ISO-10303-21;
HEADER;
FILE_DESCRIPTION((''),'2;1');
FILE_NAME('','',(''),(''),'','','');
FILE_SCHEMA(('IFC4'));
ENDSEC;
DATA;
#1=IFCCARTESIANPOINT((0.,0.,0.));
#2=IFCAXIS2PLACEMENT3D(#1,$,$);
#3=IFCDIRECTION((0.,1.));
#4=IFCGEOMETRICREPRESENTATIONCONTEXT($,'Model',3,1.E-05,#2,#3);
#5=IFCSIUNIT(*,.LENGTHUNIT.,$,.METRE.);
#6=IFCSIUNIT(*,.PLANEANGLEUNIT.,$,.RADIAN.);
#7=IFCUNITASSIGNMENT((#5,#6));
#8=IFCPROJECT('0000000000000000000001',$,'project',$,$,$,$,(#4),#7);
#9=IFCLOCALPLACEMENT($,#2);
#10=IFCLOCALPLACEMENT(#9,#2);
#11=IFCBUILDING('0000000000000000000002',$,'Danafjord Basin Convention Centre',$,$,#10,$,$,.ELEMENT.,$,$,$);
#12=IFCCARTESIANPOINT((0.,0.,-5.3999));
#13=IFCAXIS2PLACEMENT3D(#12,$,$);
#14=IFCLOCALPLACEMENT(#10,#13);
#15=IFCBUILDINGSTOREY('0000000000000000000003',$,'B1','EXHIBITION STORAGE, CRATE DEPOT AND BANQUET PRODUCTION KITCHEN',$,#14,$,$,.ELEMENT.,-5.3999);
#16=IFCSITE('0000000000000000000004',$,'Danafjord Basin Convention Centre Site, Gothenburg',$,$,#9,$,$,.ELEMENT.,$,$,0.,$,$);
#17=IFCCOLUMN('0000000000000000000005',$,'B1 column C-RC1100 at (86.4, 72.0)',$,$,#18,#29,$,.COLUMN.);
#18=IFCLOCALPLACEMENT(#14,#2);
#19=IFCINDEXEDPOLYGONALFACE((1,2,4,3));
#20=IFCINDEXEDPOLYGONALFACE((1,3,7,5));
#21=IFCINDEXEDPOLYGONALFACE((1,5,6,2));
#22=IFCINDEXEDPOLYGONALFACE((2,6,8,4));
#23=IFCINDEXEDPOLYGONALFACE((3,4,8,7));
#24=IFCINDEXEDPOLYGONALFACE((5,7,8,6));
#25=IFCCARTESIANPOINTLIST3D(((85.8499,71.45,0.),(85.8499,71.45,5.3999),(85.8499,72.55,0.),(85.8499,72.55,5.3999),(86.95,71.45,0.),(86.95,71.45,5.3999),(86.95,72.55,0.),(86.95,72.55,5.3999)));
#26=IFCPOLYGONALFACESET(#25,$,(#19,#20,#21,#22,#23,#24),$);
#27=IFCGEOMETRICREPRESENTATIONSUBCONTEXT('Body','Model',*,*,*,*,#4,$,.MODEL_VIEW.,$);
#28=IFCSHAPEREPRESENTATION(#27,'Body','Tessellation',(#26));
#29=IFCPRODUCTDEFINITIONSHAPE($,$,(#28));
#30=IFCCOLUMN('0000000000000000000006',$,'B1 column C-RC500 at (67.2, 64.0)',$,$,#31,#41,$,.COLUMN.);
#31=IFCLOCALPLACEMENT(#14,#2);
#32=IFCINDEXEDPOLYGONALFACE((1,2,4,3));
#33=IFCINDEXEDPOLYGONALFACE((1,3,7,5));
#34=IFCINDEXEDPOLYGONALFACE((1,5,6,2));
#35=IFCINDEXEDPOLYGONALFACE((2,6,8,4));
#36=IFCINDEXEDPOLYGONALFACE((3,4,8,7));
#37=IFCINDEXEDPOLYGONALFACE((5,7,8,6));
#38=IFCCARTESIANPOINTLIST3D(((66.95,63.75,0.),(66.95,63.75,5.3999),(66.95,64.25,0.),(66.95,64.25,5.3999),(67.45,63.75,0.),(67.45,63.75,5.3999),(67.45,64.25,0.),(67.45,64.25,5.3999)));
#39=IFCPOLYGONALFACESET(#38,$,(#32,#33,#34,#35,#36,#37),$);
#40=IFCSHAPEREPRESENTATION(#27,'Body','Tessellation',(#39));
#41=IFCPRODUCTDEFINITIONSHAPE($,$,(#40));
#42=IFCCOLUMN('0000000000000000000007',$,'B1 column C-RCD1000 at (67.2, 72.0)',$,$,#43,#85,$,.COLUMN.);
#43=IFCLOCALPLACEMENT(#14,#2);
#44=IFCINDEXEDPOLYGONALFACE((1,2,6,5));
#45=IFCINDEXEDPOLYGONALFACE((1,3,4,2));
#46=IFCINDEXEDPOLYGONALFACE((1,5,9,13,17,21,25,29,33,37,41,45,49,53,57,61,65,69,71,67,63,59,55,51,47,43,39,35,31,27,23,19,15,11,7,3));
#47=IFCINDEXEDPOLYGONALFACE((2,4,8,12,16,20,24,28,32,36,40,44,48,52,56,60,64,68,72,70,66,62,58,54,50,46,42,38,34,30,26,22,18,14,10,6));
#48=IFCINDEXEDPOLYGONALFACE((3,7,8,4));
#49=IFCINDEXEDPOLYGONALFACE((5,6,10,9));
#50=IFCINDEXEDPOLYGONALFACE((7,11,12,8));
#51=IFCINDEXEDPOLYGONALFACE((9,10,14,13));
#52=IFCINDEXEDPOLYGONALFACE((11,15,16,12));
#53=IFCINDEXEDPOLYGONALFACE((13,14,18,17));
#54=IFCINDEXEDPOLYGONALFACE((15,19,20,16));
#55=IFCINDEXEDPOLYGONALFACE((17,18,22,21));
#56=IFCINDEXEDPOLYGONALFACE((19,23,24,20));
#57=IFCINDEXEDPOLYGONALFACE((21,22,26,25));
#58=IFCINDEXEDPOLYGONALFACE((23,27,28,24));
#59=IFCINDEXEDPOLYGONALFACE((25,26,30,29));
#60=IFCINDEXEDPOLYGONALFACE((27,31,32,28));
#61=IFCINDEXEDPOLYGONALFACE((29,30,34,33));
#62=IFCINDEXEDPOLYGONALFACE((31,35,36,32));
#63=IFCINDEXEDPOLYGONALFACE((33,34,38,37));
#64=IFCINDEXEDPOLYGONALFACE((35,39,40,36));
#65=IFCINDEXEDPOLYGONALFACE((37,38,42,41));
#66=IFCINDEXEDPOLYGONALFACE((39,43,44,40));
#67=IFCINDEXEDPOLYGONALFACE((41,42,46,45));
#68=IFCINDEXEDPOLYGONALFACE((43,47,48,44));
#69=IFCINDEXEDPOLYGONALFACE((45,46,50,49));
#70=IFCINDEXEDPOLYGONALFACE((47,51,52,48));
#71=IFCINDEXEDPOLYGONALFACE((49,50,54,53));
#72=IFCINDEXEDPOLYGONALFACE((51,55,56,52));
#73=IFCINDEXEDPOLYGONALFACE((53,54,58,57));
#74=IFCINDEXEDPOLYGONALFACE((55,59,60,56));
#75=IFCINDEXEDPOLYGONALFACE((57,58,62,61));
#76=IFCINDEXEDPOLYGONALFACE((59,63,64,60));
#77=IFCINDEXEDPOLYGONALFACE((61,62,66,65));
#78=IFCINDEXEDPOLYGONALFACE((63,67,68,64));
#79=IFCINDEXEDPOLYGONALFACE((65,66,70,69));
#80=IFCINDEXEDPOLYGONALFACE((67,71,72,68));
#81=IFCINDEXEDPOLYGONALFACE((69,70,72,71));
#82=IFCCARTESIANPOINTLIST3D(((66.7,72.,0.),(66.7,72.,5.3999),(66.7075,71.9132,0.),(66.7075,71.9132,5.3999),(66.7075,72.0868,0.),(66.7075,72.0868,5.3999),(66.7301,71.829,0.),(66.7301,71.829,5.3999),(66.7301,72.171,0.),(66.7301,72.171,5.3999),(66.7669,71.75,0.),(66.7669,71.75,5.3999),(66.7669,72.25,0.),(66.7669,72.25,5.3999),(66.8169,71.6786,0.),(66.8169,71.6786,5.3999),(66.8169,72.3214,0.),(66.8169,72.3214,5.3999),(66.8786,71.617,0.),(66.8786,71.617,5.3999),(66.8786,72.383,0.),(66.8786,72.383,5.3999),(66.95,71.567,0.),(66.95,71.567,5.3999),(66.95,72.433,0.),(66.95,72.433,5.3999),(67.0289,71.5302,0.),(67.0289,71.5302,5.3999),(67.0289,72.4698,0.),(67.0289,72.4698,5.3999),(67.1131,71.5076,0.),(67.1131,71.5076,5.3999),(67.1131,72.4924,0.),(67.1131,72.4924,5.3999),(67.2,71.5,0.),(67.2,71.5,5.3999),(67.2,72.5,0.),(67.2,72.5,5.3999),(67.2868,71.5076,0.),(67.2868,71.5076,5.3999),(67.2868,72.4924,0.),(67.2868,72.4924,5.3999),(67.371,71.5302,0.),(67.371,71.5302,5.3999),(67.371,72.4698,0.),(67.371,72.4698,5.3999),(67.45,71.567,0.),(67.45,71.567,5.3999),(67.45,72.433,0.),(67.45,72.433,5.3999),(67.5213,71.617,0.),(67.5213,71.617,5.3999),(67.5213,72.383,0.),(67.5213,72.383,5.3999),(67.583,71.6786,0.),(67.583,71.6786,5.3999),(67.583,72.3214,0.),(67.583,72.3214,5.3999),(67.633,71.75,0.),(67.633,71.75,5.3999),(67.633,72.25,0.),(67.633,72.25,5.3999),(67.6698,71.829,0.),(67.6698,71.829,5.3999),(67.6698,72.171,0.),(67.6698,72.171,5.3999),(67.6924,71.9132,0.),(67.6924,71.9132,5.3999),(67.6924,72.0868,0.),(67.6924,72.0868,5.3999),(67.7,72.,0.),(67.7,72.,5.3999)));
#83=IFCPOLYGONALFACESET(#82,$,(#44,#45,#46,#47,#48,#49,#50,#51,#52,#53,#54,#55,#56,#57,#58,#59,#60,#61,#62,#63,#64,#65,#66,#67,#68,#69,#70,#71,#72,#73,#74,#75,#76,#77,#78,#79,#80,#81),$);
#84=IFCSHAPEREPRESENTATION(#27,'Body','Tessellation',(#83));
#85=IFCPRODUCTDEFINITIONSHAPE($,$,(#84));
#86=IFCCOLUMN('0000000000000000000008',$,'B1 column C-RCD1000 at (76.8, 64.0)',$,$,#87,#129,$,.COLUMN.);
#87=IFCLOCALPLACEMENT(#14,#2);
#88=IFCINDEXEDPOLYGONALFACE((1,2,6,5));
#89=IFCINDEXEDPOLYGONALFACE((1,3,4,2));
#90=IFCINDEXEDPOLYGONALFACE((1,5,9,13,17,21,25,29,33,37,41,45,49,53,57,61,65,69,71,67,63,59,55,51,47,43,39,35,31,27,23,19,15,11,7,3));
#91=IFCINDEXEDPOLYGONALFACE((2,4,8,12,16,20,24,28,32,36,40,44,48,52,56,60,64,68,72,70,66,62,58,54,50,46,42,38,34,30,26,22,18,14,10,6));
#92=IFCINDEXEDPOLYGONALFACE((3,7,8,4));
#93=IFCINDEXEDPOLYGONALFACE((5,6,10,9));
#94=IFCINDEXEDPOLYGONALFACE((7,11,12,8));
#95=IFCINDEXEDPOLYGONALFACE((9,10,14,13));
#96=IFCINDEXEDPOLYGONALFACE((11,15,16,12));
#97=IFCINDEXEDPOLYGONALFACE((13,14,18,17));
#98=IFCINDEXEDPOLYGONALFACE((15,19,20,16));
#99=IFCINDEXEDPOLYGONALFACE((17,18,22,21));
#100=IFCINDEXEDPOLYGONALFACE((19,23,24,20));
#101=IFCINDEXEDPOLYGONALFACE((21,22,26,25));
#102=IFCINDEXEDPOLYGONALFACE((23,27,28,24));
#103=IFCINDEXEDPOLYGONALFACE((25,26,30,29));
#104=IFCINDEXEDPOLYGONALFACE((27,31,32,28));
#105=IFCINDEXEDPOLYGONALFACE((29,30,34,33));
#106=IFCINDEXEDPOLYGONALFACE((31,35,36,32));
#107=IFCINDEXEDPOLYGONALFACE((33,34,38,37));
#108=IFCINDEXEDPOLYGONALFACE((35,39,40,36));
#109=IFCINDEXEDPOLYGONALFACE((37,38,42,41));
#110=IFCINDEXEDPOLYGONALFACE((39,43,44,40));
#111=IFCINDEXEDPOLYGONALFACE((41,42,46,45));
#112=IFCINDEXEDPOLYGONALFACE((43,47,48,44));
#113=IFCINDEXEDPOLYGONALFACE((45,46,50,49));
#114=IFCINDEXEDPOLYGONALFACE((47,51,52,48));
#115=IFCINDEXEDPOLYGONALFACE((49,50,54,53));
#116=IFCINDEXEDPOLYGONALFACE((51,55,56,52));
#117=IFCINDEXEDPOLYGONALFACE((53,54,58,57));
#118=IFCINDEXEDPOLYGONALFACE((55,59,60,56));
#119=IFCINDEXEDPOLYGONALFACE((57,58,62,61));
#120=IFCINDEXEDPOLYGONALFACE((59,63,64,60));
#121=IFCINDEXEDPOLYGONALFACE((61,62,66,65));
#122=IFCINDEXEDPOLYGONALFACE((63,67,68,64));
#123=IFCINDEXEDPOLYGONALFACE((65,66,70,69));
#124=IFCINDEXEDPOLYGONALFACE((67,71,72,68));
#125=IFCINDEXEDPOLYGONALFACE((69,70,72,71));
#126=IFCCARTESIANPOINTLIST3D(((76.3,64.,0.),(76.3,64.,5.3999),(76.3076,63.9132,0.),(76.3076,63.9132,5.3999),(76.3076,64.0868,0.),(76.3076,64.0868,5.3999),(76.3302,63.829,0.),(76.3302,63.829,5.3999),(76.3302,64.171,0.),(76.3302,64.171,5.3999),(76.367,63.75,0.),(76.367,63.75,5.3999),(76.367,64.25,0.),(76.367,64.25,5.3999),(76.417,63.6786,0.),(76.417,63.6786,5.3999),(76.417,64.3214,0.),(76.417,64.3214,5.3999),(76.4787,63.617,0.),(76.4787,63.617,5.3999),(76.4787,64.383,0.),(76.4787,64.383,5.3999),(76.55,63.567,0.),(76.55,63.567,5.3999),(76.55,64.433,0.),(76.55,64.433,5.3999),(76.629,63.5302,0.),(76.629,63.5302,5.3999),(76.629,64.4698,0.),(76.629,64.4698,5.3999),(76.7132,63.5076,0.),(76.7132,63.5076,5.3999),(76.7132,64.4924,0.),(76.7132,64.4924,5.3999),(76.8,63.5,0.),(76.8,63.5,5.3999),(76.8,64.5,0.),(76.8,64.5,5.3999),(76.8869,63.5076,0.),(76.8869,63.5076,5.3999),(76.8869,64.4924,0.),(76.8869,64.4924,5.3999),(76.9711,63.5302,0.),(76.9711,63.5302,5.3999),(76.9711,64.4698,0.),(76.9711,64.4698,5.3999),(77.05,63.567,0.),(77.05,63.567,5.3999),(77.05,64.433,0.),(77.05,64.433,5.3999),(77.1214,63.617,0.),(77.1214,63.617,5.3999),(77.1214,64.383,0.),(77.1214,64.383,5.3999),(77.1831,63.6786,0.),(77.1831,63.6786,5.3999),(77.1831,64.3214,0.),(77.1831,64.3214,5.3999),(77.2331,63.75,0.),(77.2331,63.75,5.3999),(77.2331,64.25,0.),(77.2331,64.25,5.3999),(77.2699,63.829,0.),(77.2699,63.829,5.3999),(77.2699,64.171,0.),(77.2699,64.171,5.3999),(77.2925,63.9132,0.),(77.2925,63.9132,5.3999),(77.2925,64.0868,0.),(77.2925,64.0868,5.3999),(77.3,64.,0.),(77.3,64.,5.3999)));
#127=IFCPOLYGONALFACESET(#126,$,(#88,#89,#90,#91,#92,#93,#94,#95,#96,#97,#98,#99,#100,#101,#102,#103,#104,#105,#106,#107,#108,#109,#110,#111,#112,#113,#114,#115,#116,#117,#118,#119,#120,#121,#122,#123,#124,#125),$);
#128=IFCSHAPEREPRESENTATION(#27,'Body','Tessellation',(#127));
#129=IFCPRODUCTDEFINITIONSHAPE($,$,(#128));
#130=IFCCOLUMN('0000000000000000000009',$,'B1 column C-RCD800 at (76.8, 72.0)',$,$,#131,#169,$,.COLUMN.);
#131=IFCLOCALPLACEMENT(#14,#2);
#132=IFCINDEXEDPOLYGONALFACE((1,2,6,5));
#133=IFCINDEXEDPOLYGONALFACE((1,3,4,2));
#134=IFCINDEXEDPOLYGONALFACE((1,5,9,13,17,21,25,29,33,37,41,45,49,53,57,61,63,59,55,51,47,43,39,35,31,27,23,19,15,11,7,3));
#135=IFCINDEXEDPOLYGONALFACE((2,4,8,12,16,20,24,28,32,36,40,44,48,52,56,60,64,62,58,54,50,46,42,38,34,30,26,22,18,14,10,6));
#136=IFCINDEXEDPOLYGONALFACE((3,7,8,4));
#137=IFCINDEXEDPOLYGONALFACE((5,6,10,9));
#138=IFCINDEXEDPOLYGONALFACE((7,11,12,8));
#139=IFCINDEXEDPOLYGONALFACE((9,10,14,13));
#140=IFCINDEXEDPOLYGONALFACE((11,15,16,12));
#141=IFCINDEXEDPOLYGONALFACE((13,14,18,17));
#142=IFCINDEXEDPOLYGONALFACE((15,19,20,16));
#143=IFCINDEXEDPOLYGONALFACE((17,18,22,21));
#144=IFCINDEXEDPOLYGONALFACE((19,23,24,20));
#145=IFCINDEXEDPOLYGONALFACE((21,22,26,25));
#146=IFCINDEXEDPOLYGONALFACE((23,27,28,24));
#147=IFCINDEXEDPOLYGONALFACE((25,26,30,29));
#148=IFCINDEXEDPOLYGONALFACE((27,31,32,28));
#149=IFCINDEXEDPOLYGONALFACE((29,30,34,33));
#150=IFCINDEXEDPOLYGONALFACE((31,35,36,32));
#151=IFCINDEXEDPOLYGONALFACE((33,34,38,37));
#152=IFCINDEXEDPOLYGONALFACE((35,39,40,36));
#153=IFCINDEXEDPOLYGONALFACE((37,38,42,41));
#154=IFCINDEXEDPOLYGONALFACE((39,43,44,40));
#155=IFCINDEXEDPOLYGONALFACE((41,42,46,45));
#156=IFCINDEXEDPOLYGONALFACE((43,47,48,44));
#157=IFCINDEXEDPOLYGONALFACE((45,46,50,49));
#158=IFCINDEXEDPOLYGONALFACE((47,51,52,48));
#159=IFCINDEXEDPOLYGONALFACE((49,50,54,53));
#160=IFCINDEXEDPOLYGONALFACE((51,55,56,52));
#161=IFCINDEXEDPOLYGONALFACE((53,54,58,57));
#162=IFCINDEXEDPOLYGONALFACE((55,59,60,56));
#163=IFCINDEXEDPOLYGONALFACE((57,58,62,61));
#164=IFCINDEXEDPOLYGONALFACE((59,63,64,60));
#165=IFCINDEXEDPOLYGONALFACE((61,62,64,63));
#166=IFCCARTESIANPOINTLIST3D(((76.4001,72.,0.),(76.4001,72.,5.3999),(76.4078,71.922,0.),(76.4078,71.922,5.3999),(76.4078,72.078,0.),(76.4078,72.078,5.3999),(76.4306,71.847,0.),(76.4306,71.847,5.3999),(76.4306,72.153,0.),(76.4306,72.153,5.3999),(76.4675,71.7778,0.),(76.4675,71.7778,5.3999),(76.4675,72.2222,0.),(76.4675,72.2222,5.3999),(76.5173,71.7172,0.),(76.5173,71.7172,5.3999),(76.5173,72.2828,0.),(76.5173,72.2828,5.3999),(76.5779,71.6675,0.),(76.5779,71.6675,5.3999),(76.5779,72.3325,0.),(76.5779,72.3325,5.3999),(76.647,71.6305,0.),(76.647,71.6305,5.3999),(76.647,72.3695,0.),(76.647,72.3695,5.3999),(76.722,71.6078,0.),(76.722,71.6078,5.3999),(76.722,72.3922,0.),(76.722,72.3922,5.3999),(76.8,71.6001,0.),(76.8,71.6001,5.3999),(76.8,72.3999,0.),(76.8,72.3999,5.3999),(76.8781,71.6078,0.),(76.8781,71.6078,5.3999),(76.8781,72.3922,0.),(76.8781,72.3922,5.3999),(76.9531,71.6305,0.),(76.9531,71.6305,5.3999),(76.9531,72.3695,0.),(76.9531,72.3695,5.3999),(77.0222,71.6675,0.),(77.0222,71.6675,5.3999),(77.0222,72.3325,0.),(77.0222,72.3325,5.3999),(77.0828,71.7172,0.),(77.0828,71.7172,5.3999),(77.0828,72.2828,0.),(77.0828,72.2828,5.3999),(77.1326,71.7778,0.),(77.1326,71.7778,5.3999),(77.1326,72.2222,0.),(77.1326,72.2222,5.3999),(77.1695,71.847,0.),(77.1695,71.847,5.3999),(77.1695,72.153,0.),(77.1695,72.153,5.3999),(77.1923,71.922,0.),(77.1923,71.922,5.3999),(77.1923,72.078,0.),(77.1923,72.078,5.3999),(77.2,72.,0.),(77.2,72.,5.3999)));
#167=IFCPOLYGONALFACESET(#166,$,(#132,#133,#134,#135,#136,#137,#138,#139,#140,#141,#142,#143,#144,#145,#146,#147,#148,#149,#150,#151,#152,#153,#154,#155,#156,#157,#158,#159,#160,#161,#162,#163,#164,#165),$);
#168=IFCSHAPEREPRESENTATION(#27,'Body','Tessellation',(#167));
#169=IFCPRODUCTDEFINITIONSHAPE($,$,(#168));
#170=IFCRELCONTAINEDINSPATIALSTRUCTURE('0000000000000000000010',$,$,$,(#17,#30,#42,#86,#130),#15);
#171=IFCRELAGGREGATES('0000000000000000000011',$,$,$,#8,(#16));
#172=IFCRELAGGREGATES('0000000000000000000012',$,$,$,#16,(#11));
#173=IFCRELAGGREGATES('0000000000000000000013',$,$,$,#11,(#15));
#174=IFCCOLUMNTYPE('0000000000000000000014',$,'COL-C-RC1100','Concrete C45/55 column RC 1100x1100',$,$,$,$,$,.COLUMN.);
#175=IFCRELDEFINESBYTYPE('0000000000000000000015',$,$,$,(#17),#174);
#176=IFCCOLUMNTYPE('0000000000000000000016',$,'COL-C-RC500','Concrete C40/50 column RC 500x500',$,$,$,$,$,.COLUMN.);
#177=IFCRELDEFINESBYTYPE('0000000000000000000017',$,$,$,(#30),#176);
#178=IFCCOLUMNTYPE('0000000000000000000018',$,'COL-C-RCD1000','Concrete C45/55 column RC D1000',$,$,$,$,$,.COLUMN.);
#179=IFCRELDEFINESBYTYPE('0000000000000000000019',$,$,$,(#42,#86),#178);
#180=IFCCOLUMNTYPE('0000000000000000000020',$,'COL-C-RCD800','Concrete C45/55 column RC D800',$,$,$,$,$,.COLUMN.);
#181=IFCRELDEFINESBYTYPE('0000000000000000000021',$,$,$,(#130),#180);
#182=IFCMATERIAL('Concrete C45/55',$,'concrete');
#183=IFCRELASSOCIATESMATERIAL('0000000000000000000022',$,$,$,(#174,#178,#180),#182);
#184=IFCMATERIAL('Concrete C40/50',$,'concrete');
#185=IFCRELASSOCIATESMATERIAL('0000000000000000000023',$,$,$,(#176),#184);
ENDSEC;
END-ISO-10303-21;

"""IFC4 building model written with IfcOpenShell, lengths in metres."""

from ifc_helpers import new_model, si_unit, direction, frame, origin, origin_2d, place, context, subcontext, project, spatial, rectangle, circle, extrude, material, material_profile, profile_set, type_object, element, save


model = new_model("IFC4")

# Units and contexts
model_context = context("Model", 3, precision=1e-05, world=origin(), true_north=direction((0.0, 1.0)))
body_context = subcontext(model_context, "Body", "Model", "MODEL_VIEW")
ifc_project = project(units=[si_unit("LENGTHUNIT", "METRE"), si_unit("PLANEANGLEUNIT", "RADIAN")], contexts=[model_context])

# Site, building, storey
site_placement = place(None, origin())
site = spatial("IfcSite", under=ifc_project, at=site_placement, Name="Danafjord Basin Convention Centre Site, Gothenburg", CompositionType="ELEMENT", RefElevation=0.0)
building_placement = place(site_placement, origin())
building = spatial("IfcBuilding", under=site, at=building_placement, Name="Danafjord Basin Convention Centre", CompositionType="ELEMENT")
storey_placement = place(building_placement, frame((0.0, 0.0, -5.3999)))
storey = spatial("IfcBuildingStorey", under=building, at=storey_placement, Name="B1", Description="EXHIBITION STORAGE, CRATE DEPOT AND BANQUET PRODUCTION KITCHEN", CompositionType="ELEMENT", Elevation=-5.3999)

# Shared definitions
ifc_material_1 = material(Name="Concrete C40/50", Category="concrete")

# Columns
ifc_material_2 = material(Name="Concrete C45/55", Category="concrete")
ifc_material_profile_1 = material_profile(ifc_material_2, rectangle(XDim=1.1001, YDim=1.1001, at=origin_2d()), Name="RC 1100x1100")
ifc_profile_set_1 = profile_set([ifc_material_profile_1], Name="Concrete C45/55")
column_type_1 = type_object("IfcColumnType", Name="COL-C-RC1100", Description="Concrete C45/55 column RC 1100x1100", PredefinedType="COLUMN", material=ifc_profile_set_1)
column_1_placement = place(storey_placement, frame((86.3999, 72.0, 0.0), z_axis=(0.0, 0.0, 1.0), x_axis=(1.0, 0.0, 0.0)))
element("IfcColumn", 1, at=column_1_placement, inside=storey, type_object=column_type_1, Name="B1 column C-RC1100 at (86.4, 72.0)", PredefinedType="COLUMN", context=body_context, shape_type="SweptSolid", body=[
    extrude(rectangle(XDim=1.1001, YDim=1.1001, at=origin_2d()), origin(), (0.0, 0.0, 1.0), 5.3999),
])
ifc_material_profile_2 = material_profile(ifc_material_1, rectangle(XDim=0.5, YDim=0.5, at=origin_2d()), Name="RC 500x500")
ifc_profile_set_2 = profile_set([ifc_material_profile_2], Name="Concrete C40/50")
column_type_2 = type_object("IfcColumnType", Name="COL-C-RC500", Description="Concrete C40/50 column RC 500x500", PredefinedType="COLUMN", material=ifc_profile_set_2)
column_2_placement = place(storey_placement, frame((67.2, 64.0, 0.0), z_axis=(0.0, 0.0, 1.0), x_axis=(1.0, 0.0, 0.0)))
element("IfcColumn", 2, at=column_2_placement, inside=storey, type_object=column_type_2, Name="B1 column C-RC500 at (67.2, 64.0)", PredefinedType="COLUMN", context=body_context, shape_type="SweptSolid", body=[
    extrude(rectangle(XDim=0.5, YDim=0.5, at=origin_2d()), origin(), (0.0, 0.0, 1.0), 5.3999),
])
ifc_material_profile_3 = material_profile(ifc_material_2, circle(Radius=0.5, at=origin_2d()), Name="RC D1000")
ifc_profile_set_3 = profile_set([ifc_material_profile_3], Name="Concrete C45/55")
column_type_3 = type_object("IfcColumnType", Name="COL-C-RCD1000", Description="Concrete C45/55 column RC D1000", PredefinedType="COLUMN", material=ifc_profile_set_3)
for number, where, z_axis, x_axis, name in (
    (3, (67.2, 72.0, 0.0), (0.0, 0.0, 1.0), (1.0, 0.0, 0.0), "B1 column C-RCD1000 at (67.2, 72.0)"),
    (4, (76.8, 64.0, 0.0), (0.0, 0.0, 1.0), (1.0, 0.0, 0.0), "B1 column C-RCD1000 at (76.8, 64.0)"),
):
    element("IfcColumn", number, at=place(storey_placement, frame(where, z_axis=z_axis, x_axis=x_axis)), inside=storey, type_object=column_type_3, Name=name, PredefinedType="COLUMN", context=body_context, shape_type="SweptSolid", body=[
        extrude(circle(Radius=0.5, at=origin_2d()), origin(), (0.0, 0.0, 1.0), 5.3999),
    ])
ifc_material_profile_4 = material_profile(ifc_material_2, circle(Radius=0.3999, at=origin_2d()), Name="RC D800")
ifc_profile_set_4 = profile_set([ifc_material_profile_4], Name="Concrete C45/55")
column_type_4 = type_object("IfcColumnType", Name="COL-C-RCD800", Description="Concrete C45/55 column RC D800", PredefinedType="COLUMN", material=ifc_profile_set_4)
for number, where, z_axis, x_axis, name in (
    (5, (76.8, 72.0, 0.0), (0.0, 0.0, 1.0), (1.0, 0.0, 0.0), "B1 column C-RCD800 at (76.8, 72.0)"),
):
    element("IfcColumn", number, at=place(storey_placement, frame(where, z_axis=z_axis, x_axis=x_axis)), inside=storey, type_object=column_type_4, Name=name, PredefinedType="COLUMN", context=body_context, shape_type="SweptSolid", body=[
        extrude(circle(Radius=0.3999, at=origin_2d()), origin(), (0.0, 0.0, 1.0), 5.3999),
    ])

save(model, "model.ifc")
